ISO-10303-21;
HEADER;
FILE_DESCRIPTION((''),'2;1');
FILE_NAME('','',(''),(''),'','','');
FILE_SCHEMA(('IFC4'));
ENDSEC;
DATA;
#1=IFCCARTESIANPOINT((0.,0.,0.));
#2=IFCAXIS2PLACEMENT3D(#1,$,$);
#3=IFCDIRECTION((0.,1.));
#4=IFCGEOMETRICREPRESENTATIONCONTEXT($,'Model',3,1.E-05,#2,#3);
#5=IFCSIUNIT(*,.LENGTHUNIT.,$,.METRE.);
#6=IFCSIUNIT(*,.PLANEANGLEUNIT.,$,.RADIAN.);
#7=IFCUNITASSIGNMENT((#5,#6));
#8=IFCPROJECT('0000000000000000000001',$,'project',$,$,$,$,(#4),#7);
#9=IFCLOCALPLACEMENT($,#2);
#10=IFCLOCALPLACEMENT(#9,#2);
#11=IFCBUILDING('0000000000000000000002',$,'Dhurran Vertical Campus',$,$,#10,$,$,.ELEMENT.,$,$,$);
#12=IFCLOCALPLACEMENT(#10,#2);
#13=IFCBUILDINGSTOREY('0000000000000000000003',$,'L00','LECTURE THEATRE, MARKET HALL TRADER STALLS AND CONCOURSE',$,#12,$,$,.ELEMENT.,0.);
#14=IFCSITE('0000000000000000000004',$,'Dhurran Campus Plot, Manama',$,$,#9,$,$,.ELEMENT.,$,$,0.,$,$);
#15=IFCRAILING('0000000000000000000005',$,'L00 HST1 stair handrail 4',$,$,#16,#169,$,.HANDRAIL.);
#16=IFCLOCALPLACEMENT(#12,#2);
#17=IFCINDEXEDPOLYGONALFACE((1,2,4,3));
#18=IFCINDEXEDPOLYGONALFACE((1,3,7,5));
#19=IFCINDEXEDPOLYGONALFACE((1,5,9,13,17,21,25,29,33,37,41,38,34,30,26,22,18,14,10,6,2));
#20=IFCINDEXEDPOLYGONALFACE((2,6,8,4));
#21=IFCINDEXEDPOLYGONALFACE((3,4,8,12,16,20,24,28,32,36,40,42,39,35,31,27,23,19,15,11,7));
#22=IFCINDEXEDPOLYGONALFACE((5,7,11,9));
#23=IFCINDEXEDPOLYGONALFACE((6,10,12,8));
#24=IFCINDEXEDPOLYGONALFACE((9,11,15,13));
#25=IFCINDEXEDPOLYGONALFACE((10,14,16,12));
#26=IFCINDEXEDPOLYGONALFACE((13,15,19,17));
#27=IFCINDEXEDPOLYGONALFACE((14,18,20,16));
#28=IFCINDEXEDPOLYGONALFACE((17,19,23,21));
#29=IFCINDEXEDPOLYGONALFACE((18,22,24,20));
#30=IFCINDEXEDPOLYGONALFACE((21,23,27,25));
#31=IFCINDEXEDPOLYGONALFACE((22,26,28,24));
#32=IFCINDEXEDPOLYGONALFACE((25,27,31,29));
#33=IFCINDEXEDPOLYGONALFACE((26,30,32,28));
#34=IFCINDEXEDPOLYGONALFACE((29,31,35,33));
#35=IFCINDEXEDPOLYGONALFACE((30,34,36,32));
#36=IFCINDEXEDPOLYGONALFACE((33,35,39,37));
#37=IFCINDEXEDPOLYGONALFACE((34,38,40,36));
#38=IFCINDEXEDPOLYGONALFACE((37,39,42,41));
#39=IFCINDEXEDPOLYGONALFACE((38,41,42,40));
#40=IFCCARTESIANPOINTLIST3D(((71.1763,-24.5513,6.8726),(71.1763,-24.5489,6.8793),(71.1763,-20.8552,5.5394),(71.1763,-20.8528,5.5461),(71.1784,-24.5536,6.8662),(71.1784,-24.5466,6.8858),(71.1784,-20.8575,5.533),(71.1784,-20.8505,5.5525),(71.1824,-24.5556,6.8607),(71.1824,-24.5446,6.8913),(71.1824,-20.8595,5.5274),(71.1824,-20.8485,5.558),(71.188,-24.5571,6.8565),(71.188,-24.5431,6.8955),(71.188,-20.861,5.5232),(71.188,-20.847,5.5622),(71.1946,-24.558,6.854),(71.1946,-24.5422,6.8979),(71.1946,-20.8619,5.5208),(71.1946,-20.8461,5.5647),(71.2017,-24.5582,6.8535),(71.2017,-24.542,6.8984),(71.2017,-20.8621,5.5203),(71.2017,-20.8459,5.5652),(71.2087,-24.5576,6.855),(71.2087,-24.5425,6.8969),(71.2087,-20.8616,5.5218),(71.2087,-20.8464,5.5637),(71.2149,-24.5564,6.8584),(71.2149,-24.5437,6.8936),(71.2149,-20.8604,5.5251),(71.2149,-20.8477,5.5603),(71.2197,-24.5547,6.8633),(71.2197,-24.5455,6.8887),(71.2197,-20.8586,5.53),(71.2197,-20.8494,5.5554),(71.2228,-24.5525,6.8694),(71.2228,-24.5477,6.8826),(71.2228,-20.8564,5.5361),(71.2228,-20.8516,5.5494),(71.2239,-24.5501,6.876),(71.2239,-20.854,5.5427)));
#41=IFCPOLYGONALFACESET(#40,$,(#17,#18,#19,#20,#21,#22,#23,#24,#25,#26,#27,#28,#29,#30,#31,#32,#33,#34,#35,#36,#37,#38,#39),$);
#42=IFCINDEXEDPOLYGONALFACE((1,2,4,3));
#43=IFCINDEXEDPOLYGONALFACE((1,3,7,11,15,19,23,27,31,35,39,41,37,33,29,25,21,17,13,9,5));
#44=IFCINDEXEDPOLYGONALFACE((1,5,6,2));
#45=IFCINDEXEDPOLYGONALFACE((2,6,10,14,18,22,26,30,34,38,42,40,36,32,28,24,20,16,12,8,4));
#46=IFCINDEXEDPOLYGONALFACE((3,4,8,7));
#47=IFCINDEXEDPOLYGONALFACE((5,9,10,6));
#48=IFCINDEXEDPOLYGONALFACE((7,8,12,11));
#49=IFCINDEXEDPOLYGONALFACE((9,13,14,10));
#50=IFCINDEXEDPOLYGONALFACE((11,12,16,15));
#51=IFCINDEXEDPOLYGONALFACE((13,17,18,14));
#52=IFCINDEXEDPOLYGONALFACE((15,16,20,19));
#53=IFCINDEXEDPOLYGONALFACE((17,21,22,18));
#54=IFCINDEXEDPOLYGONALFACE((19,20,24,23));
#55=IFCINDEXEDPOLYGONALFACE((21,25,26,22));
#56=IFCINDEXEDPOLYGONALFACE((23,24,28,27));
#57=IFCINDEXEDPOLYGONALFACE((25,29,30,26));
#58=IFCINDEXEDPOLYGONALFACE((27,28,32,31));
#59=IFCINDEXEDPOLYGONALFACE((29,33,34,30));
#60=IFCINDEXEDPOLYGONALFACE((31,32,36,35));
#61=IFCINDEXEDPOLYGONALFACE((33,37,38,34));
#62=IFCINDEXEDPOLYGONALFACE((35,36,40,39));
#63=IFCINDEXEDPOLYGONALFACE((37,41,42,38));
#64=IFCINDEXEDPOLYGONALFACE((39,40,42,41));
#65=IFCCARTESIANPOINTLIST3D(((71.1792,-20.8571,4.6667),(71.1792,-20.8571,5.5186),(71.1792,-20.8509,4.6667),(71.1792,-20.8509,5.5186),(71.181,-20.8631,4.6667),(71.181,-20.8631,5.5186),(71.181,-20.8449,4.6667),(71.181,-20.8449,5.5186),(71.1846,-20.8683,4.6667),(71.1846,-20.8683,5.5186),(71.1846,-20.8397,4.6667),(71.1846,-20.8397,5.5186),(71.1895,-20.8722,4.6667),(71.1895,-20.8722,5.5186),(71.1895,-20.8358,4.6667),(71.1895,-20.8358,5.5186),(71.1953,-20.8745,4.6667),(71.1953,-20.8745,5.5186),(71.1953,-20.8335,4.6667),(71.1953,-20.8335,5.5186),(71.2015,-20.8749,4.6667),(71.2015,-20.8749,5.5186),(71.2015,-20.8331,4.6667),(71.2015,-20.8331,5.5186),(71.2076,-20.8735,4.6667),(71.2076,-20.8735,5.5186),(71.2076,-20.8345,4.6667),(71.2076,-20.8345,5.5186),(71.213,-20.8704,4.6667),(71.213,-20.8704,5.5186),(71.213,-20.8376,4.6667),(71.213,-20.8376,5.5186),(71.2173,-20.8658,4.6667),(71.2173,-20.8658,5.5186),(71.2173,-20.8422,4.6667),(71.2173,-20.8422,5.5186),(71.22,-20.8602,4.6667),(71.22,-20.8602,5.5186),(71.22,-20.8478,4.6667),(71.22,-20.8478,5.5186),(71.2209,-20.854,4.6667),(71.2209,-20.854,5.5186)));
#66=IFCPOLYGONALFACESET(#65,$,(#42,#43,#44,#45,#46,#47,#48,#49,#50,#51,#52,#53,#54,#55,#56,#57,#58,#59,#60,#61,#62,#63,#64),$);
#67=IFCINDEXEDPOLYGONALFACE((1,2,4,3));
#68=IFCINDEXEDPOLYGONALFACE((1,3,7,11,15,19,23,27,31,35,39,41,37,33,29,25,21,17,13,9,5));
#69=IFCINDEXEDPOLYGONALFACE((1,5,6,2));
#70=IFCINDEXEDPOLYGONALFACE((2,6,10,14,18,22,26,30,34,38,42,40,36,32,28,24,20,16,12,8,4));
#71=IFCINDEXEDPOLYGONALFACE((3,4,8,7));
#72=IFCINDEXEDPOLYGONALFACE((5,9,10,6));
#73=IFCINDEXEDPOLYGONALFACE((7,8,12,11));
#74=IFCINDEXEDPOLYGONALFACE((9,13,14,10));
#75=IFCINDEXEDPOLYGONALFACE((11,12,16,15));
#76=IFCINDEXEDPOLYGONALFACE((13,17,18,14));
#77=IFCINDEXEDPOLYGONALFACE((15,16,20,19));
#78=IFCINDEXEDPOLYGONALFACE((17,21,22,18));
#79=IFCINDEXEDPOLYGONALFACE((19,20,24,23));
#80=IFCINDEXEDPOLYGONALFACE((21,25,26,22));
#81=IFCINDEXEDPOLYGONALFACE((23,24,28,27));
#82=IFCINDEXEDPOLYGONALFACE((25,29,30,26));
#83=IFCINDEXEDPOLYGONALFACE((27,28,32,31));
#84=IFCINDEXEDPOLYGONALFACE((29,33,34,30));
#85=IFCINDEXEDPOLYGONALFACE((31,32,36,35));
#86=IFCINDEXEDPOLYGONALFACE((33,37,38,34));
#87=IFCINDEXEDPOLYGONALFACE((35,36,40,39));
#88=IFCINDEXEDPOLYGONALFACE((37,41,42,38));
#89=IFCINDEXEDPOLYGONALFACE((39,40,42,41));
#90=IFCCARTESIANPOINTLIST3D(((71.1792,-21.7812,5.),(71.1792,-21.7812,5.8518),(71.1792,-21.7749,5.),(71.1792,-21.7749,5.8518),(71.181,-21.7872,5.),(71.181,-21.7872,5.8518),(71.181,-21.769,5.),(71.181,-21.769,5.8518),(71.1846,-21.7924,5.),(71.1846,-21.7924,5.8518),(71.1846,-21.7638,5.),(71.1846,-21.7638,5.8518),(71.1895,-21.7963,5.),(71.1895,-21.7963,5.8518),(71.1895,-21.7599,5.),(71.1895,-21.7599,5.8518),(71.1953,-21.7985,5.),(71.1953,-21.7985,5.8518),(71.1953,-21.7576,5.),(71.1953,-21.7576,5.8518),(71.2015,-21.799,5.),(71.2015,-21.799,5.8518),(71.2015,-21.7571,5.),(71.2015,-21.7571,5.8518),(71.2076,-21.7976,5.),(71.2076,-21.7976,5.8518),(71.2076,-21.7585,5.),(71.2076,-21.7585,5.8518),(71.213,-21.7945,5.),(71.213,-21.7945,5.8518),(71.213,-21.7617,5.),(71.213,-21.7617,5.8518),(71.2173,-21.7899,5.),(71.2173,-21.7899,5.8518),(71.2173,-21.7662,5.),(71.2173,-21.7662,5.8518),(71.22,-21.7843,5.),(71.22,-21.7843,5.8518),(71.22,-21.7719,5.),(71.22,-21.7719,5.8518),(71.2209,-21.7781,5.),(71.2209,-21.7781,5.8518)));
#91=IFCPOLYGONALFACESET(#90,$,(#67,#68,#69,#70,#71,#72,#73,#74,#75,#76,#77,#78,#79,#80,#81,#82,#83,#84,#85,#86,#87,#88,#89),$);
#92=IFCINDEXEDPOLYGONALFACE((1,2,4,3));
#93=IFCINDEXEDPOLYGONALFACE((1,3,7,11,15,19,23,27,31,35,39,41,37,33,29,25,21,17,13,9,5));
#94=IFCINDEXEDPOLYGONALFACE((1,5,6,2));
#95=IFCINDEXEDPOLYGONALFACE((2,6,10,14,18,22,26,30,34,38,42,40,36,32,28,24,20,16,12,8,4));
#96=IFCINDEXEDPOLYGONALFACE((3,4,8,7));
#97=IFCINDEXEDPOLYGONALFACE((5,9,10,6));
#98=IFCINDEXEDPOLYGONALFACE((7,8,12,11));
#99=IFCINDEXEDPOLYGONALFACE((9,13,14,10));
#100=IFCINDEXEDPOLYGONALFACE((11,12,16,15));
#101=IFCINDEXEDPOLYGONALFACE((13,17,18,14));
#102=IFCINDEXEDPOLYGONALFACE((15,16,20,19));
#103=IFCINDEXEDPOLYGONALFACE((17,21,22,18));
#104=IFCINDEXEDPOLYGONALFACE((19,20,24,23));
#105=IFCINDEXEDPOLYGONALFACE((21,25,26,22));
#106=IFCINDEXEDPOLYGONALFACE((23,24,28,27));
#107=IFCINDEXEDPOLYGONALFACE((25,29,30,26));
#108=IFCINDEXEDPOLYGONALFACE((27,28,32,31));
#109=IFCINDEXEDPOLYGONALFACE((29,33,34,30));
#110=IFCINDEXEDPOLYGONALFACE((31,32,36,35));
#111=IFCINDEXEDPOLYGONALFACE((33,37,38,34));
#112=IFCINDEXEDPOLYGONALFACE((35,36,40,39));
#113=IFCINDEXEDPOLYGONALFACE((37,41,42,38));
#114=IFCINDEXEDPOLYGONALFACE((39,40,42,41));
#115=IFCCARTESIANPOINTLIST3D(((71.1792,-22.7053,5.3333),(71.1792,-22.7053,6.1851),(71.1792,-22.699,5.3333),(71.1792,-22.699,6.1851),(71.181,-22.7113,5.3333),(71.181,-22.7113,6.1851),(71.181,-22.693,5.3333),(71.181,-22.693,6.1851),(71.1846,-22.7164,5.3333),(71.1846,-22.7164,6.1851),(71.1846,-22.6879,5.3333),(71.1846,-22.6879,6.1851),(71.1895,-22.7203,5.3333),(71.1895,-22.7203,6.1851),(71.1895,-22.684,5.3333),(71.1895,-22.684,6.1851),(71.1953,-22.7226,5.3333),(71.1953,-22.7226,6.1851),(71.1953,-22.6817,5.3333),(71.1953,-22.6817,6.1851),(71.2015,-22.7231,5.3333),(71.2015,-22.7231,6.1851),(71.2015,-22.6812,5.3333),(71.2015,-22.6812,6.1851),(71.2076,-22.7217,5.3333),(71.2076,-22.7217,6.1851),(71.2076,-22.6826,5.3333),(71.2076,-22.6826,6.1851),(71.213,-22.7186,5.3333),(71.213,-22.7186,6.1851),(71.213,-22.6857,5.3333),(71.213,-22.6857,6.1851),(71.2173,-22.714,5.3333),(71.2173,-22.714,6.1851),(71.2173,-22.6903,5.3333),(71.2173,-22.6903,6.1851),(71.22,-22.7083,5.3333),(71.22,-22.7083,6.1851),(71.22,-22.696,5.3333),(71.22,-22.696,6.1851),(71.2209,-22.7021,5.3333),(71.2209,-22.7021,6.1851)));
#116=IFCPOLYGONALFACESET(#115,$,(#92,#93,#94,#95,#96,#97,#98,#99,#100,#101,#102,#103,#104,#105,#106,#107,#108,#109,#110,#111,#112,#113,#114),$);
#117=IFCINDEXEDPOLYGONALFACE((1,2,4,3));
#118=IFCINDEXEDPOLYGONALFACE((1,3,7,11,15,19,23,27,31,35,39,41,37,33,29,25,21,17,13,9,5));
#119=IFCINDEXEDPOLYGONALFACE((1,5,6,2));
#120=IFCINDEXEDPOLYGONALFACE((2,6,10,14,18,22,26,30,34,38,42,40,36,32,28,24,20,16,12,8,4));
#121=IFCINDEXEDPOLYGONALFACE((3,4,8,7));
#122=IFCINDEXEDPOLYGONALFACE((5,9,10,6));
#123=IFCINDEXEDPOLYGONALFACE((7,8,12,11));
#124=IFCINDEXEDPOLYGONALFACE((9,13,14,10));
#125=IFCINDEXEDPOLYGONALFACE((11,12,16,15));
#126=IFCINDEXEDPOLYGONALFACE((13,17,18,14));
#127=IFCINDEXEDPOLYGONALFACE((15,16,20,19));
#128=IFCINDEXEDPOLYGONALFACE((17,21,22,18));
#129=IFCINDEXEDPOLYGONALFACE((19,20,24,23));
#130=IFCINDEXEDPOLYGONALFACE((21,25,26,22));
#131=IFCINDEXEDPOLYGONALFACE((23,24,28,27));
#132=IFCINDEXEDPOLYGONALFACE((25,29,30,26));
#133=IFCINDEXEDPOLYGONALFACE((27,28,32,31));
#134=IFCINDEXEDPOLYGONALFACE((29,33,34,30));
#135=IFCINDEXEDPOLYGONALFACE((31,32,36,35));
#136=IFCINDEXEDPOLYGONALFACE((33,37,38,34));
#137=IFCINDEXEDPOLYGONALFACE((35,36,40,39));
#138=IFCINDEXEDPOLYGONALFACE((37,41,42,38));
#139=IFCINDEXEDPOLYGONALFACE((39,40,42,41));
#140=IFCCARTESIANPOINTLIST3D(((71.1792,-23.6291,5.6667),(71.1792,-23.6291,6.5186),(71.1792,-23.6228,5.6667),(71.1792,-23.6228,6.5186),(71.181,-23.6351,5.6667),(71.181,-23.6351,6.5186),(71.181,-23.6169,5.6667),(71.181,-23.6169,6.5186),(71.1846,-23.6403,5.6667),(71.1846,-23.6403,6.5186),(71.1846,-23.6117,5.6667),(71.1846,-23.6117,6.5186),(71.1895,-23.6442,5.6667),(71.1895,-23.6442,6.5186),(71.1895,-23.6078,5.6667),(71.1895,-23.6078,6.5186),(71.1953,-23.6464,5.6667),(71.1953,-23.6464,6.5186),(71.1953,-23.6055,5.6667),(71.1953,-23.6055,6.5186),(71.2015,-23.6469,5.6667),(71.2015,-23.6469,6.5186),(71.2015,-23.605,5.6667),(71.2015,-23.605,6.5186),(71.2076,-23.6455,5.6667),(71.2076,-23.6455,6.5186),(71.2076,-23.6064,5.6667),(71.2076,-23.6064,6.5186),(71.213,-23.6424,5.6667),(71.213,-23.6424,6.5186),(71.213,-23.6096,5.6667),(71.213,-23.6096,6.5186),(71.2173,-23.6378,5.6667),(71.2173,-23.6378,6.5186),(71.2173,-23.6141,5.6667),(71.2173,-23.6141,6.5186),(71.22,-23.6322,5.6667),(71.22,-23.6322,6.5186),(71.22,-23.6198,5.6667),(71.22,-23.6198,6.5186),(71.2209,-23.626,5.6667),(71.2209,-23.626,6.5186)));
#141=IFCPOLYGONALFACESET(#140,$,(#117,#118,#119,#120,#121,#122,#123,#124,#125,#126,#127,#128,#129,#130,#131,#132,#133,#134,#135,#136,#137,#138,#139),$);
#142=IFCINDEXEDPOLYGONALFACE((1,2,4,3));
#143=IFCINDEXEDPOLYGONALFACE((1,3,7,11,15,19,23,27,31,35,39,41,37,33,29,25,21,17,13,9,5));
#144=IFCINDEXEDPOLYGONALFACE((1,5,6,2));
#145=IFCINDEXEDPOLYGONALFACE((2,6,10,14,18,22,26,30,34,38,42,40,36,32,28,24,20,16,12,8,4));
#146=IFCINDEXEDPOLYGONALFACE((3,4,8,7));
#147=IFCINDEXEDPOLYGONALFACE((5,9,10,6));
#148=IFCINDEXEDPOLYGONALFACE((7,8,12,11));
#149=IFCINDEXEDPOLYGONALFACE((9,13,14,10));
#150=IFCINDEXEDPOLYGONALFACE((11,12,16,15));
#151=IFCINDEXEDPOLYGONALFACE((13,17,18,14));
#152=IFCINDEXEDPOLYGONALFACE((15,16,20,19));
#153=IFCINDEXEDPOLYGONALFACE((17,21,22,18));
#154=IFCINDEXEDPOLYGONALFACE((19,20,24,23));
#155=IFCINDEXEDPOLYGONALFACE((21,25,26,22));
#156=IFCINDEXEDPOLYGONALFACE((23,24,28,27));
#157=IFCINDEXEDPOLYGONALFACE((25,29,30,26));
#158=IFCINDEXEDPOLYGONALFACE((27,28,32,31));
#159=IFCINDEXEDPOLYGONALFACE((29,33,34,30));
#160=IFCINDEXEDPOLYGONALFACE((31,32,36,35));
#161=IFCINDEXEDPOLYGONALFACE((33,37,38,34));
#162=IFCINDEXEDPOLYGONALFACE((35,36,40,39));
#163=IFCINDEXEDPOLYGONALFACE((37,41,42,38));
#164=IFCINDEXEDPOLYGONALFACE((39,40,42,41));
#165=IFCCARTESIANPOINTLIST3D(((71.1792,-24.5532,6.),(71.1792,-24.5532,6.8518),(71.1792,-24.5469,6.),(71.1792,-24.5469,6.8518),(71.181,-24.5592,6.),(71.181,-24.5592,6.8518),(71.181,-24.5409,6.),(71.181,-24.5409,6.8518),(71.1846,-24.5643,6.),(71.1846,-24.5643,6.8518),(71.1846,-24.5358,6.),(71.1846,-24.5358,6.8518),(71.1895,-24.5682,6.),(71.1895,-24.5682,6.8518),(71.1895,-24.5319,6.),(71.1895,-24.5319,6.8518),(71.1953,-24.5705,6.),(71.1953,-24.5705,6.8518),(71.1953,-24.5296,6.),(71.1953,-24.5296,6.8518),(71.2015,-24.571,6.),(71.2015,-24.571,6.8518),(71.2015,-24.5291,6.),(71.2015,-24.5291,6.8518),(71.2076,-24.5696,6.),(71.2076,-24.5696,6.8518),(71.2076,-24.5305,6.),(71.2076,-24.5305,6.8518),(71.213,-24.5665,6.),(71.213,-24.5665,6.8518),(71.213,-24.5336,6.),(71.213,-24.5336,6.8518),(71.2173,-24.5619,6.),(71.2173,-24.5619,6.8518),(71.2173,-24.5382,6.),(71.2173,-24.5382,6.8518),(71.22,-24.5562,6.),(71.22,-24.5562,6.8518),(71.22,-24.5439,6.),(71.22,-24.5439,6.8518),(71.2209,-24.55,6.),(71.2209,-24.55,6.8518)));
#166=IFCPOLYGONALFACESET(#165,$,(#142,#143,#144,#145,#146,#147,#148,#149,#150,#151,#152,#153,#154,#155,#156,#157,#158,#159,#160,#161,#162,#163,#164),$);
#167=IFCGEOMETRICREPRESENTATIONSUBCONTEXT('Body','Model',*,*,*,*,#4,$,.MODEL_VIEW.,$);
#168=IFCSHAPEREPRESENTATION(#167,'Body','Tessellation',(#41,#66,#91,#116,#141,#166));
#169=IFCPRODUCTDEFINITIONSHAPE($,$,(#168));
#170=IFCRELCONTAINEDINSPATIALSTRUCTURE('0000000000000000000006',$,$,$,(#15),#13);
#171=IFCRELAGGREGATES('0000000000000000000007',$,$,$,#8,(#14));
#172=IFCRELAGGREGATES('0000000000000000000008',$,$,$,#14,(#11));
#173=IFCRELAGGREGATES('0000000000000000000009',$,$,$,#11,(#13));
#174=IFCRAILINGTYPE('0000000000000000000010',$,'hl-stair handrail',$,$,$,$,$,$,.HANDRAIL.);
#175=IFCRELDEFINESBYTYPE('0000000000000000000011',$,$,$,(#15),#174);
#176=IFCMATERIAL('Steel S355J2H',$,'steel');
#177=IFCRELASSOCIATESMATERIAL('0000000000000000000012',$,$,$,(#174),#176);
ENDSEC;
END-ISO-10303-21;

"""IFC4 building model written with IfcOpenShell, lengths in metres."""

from ifc_helpers import new_model, si_unit, direction, frame, origin, origin_2d, place, context, subcontext, project, spatial, circle, extrude, material, type_object, element, save


model = new_model("IFC4")

# Units and contexts
model_context = context("Model", 3, precision=1e-05, world=origin(), true_north=direction((0.0, 1.0)))
body_context = subcontext(model_context, "Body", "Model", "MODEL_VIEW")
ifc_project = project(units=[si_unit("LENGTHUNIT", "METRE"), si_unit("PLANEANGLEUNIT", "RADIAN")], contexts=[model_context])

# Site, building, storey
site_placement = place(None, origin())
site = spatial("IfcSite", under=ifc_project, at=site_placement, Name="Dhurran Campus Plot, Manama", CompositionType="ELEMENT", RefElevation=0.0)
building_placement = place(site_placement, origin())
building = spatial("IfcBuilding", under=site, at=building_placement, Name="Dhurran Vertical Campus", CompositionType="ELEMENT")
storey_placement = place(building_placement, origin())
storey = spatial("IfcBuildingStorey", under=building, at=storey_placement, Name="L00", Description="LECTURE THEATRE, MARKET HALL TRADER STALLS AND CONCOURSE", CompositionType="ELEMENT", Elevation=0.0)

# Railing
ifc_material_1 = material(Name="Steel S355J2H", Category="steel")
railing_type_1 = type_object("IfcRailingType", Name="hl-stair handrail", PredefinedType="HANDRAIL", material=ifc_material_1)
for number, where, name in (
    (1, (71.2, -20.854, 4.6667), "L00 HST1 stair handrail 4"),
):
    element("IfcRailing", number, at=place(storey_placement, frame(where)), inside=storey, type_object=railing_type_1, Name=name, PredefinedType="HANDRAIL", context=body_context, shape_type="SweptSolid", body=[
        extrude(circle(Radius=0.0239, at=origin_2d()), frame((0.0, 0.0, 0.876), z_axis=(0.0, -0.94067, 0.339322), x_axis=(1.0, 0.0, 0.0)), (0.0, 0.0, 1.0), 3.9292),
        extrude(circle(Radius=0.021, at=origin_2d()), origin(), (0.0, 0.0, 1.0), 0.8518),
        extrude(circle(Radius=0.021, at=origin_2d()), frame((0.0, -0.9241, 0.3333)), (0.0, 0.0, 1.0), 0.8518),
        extrude(circle(Radius=0.021, at=origin_2d()), frame((0.0, -1.8481, 0.6665)), (0.0, 0.0, 1.0), 0.8518),
        extrude(circle(Radius=0.021, at=origin_2d()), frame((0.0, -2.772, 1.0)), (0.0, 0.0, 1.0), 0.8518),
        extrude(circle(Radius=0.021, at=origin_2d()), frame((0.0, -3.696, 1.3333)), (0.0, 0.0, 1.0), 0.8518),
    ])

save(model, "model.ifc")
